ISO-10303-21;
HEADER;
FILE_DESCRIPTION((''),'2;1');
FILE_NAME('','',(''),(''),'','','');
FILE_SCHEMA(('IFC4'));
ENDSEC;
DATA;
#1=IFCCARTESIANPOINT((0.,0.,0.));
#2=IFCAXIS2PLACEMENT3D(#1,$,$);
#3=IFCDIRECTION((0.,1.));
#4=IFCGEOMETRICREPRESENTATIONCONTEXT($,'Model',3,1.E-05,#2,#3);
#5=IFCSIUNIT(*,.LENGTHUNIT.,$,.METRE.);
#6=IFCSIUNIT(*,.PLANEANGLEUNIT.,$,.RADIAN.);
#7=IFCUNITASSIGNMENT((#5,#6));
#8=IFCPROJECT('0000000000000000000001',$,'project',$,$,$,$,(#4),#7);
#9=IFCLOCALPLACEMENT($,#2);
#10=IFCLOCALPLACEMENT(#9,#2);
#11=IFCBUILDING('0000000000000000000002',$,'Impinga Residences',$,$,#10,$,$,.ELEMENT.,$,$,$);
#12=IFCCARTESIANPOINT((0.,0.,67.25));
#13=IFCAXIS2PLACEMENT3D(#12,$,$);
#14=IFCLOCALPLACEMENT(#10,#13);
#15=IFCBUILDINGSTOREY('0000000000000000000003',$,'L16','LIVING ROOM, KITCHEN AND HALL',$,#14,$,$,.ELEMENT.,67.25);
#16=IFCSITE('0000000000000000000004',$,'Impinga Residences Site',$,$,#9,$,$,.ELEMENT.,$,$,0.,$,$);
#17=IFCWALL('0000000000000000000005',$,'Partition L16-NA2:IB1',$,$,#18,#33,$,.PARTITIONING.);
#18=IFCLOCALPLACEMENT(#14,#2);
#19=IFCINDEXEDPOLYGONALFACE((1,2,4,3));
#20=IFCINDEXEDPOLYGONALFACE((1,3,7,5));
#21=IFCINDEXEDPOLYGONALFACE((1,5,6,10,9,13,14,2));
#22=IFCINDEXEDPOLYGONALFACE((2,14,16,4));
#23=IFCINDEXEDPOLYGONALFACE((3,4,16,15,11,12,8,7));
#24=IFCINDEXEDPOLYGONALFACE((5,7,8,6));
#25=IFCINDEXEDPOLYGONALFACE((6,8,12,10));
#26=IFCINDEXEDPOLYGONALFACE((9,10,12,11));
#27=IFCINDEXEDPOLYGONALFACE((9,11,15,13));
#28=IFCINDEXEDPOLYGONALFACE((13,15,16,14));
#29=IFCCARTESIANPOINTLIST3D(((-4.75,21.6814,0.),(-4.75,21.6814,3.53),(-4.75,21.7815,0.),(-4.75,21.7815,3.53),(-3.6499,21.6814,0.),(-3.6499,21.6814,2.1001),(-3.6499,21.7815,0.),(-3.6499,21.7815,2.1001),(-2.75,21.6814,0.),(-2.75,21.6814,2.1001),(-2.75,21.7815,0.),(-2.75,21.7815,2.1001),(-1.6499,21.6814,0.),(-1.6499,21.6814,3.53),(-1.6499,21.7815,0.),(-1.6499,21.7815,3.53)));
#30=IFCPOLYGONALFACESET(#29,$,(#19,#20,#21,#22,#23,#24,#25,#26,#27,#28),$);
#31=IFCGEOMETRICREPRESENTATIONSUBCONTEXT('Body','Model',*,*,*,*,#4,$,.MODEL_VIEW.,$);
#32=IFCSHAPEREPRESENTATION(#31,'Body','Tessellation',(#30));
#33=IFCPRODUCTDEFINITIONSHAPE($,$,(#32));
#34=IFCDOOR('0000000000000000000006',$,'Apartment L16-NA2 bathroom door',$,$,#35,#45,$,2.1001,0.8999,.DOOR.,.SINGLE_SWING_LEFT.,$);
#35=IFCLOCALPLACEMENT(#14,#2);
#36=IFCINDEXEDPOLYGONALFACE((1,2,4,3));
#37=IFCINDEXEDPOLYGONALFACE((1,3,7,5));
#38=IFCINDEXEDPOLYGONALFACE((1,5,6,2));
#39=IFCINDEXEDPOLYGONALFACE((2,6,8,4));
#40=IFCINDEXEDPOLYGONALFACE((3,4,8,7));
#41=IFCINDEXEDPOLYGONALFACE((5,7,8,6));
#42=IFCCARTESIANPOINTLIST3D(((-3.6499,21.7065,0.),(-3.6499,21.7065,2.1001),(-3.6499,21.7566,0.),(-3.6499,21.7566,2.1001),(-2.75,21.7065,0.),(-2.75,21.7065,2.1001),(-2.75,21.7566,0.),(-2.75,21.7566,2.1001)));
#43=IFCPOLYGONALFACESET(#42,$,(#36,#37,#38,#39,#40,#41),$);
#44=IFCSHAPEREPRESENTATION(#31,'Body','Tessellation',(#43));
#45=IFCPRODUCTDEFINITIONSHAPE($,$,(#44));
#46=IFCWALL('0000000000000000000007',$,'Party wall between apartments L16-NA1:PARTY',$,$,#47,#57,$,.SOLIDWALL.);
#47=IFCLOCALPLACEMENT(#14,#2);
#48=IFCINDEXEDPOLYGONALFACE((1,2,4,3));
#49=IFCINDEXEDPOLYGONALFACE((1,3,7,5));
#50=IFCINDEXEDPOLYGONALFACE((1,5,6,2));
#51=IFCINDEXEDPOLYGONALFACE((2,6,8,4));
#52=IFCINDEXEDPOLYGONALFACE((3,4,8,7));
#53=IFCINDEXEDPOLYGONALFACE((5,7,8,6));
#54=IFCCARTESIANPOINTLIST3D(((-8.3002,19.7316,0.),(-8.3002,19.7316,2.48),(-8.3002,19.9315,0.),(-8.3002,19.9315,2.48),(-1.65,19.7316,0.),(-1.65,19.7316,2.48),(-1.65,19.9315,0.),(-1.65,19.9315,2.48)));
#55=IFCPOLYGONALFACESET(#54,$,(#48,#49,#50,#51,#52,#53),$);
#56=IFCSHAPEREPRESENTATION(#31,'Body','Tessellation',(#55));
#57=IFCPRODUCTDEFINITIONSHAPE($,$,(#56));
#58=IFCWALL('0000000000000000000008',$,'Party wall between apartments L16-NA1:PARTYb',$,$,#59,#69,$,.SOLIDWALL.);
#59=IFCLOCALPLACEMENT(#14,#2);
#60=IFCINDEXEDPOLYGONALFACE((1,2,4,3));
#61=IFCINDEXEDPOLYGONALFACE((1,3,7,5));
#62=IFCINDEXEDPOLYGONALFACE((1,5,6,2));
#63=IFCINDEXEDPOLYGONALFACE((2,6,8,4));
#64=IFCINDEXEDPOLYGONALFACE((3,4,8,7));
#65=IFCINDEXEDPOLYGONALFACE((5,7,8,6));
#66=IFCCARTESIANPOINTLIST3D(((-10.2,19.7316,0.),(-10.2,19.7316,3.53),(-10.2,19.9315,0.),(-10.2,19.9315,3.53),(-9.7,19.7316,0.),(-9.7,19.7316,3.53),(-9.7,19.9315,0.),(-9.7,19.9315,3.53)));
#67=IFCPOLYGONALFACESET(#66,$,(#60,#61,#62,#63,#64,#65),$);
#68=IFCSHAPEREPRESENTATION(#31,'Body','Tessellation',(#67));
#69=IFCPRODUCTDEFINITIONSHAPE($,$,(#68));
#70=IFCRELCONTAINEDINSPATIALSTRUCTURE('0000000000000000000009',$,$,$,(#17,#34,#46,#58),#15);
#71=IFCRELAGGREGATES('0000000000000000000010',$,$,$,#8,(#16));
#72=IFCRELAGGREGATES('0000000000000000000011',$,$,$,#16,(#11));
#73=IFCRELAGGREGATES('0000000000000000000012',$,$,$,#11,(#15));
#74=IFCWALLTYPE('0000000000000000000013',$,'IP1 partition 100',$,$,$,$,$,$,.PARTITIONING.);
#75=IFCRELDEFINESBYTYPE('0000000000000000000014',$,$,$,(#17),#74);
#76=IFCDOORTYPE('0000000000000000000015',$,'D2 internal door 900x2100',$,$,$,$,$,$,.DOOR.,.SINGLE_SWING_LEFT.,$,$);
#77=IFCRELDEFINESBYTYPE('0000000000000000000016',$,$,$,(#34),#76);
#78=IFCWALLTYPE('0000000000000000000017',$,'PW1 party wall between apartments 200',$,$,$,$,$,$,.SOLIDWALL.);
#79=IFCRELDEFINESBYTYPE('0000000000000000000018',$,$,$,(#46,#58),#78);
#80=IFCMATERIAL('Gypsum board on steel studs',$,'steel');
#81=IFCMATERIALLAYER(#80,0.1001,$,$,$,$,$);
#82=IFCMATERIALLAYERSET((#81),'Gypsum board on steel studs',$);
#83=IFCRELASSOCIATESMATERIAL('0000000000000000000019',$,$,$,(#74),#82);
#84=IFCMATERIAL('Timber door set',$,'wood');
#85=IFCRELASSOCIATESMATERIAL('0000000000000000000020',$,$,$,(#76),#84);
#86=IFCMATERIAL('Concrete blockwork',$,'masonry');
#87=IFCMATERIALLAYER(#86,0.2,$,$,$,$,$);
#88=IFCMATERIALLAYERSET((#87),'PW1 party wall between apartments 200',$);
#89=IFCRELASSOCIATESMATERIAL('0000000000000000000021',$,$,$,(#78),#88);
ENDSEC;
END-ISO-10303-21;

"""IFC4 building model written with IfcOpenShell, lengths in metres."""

from ifc_helpers import new_model, si_unit, direction, frame, frame_2d, origin, place, context, subcontext, project, spatial, rectangle, extrude, material, layer, layer_set, type_object, element, fill, save


model = new_model("IFC4")

# Units and contexts
model_context = context("Model", 3, precision=1e-05, world=origin(), true_north=direction((0.0, 1.0)))
body_context = subcontext(model_context, "Body", "Model", "MODEL_VIEW")
ifc_project = project(units=[si_unit("LENGTHUNIT", "METRE"), si_unit("PLANEANGLEUNIT", "RADIAN")], contexts=[model_context])

# Site, building, storey
site_placement = place(None, origin())
site = spatial("IfcSite", under=ifc_project, at=site_placement, Name="Impinga Residences Site", CompositionType="ELEMENT", RefElevation=0.0)
building_placement = place(site_placement, origin())
building = spatial("IfcBuilding", under=site, at=building_placement, Name="Impinga Residences", CompositionType="ELEMENT")
storey_placement = place(building_placement, frame((0.0, 0.0, 67.25)))
storey = spatial("IfcBuildingStorey", under=building, at=storey_placement, Name="L16", Description="LIVING ROOM, KITCHEN AND HALL", CompositionType="ELEMENT", Elevation=67.25)

# Shared definitions
ifc_material_1 = material(Name="Gypsum board on steel studs", Category="steel")
ifc_layer_1 = layer(ifc_material_1, 0.1001)
ifc_layer_set_1 = layer_set([ifc_layer_1], Name="Gypsum board on steel studs")
wall_type_1 = type_object("IfcWallType", Name="IP1 partition 100", PredefinedType="PARTITIONING", material=ifc_layer_set_1)

# Shared definitions
ifc_material_2 = material(Name="Timber door set", Category="wood")
door_type = type_object("IfcDoorType", Name="D2 internal door 900x2100", OperationType="SINGLE_SWING_LEFT", PredefinedType="DOOR", material=ifc_material_2)

# Wall, opening, door
wall_1_placement = place(storey_placement, frame((-1.6499, 21.7314, 0.0), z_axis=(0.0, 0.0, 1.0), x_axis=(-1.0, 0.0, 0.0)))
wall_1 = element("IfcWall", 1, at=wall_1_placement, inside=storey, type_object=wall_type_1, Name="Partition L16-NA2:IB1", PredefinedType="PARTITIONING", context=body_context, shape_type="SweptSolid", body=[
    extrude(rectangle(XDim=3.1001, YDim=0.1001, at=frame_2d((1.55, 0.0))), origin(), (0.0, 0.0, 1.0), 3.53),
])
opening_1_placement = place(wall_1_placement, frame((1.1001, 0.0, 0.0)))
opening_1 = element("IfcOpeningElement", 2, at=opening_1_placement, cuts=wall_1, PredefinedType="OPENING", context=body_context, shape_type="SweptSolid", body=[
    extrude(rectangle(XDim=0.8999, YDim=2.1001, at=frame_2d((0.45, 1.05))), frame((0.0, 0.0601, 0.0), z_axis=(0.0, -1.0, 0.0), x_axis=(1.0, 0.0, 0.0)), (0.0, 0.0, 1.0), 0.1201),
])
door_1_placement = place(opening_1_placement, origin())
door_1 = element("IfcDoor", 3, at=door_1_placement, inside=storey, type_object=door_type, Name="Apartment L16-NA2 bathroom door", OperationType="SINGLE_SWING_LEFT", OverallHeight=2.1001, OverallWidth=0.8999, PredefinedType="DOOR", context=body_context, shape_type="SweptSolid", body=[
    extrude(rectangle(XDim=0.8999, YDim=2.1001, at=frame_2d((0.45, 1.05))), frame((0.0, 0.0249, 0.0), z_axis=(0.0, -1.0, 0.0), x_axis=(1.0, 0.0, 0.0)), (0.0, 0.0, 1.0), 0.05),
])
fill(opening_1, door_1)

# Walls
ifc_material_3 = material(Name="Concrete blockwork", Category="masonry")
ifc_layer_2 = layer(ifc_material_3, 0.2)
ifc_layer_set_2 = layer_set([ifc_layer_2], Name="PW1 party wall between apartments 200")
wall_type_2 = type_object("IfcWallType", Name="PW1 party wall between apartments 200", PredefinedType="SOLIDWALL", material=ifc_layer_set_2)
wall_2_placement = place(storey_placement, frame((-1.6499, 19.8315, 0.0), z_axis=(0.0, 0.0, 1.0), x_axis=(-1.0, 0.0, 0.0)))
element("IfcWall", 4, at=wall_2_placement, inside=storey, type_object=wall_type_2, Name="Party wall between apartments L16-NA1:PARTY", PredefinedType="SOLIDWALL", context=body_context, shape_type="SweptSolid", body=[
    extrude(rectangle(XDim=6.6501, YDim=0.2, at=frame_2d((3.3252, 0.0))), origin(), (0.0, 0.0, 1.0), 2.48),
])
wall_3_placement = place(storey_placement, frame((-9.7, 19.8315, 0.0), z_axis=(0.0, 0.0, 1.0), x_axis=(-1.0, 0.0, 0.0)))
element("IfcWall", 5, at=wall_3_placement, inside=storey, type_object=wall_type_2, Name="Party wall between apartments L16-NA1:PARTYb", PredefinedType="SOLIDWALL", context=body_context, shape_type="SweptSolid", body=[
    extrude(rectangle(XDim=0.5, YDim=0.2, at=frame_2d((0.25, 0.0))), origin(), (0.0, 0.0, 1.0), 3.53),
])

save(model, "model.ifc")
